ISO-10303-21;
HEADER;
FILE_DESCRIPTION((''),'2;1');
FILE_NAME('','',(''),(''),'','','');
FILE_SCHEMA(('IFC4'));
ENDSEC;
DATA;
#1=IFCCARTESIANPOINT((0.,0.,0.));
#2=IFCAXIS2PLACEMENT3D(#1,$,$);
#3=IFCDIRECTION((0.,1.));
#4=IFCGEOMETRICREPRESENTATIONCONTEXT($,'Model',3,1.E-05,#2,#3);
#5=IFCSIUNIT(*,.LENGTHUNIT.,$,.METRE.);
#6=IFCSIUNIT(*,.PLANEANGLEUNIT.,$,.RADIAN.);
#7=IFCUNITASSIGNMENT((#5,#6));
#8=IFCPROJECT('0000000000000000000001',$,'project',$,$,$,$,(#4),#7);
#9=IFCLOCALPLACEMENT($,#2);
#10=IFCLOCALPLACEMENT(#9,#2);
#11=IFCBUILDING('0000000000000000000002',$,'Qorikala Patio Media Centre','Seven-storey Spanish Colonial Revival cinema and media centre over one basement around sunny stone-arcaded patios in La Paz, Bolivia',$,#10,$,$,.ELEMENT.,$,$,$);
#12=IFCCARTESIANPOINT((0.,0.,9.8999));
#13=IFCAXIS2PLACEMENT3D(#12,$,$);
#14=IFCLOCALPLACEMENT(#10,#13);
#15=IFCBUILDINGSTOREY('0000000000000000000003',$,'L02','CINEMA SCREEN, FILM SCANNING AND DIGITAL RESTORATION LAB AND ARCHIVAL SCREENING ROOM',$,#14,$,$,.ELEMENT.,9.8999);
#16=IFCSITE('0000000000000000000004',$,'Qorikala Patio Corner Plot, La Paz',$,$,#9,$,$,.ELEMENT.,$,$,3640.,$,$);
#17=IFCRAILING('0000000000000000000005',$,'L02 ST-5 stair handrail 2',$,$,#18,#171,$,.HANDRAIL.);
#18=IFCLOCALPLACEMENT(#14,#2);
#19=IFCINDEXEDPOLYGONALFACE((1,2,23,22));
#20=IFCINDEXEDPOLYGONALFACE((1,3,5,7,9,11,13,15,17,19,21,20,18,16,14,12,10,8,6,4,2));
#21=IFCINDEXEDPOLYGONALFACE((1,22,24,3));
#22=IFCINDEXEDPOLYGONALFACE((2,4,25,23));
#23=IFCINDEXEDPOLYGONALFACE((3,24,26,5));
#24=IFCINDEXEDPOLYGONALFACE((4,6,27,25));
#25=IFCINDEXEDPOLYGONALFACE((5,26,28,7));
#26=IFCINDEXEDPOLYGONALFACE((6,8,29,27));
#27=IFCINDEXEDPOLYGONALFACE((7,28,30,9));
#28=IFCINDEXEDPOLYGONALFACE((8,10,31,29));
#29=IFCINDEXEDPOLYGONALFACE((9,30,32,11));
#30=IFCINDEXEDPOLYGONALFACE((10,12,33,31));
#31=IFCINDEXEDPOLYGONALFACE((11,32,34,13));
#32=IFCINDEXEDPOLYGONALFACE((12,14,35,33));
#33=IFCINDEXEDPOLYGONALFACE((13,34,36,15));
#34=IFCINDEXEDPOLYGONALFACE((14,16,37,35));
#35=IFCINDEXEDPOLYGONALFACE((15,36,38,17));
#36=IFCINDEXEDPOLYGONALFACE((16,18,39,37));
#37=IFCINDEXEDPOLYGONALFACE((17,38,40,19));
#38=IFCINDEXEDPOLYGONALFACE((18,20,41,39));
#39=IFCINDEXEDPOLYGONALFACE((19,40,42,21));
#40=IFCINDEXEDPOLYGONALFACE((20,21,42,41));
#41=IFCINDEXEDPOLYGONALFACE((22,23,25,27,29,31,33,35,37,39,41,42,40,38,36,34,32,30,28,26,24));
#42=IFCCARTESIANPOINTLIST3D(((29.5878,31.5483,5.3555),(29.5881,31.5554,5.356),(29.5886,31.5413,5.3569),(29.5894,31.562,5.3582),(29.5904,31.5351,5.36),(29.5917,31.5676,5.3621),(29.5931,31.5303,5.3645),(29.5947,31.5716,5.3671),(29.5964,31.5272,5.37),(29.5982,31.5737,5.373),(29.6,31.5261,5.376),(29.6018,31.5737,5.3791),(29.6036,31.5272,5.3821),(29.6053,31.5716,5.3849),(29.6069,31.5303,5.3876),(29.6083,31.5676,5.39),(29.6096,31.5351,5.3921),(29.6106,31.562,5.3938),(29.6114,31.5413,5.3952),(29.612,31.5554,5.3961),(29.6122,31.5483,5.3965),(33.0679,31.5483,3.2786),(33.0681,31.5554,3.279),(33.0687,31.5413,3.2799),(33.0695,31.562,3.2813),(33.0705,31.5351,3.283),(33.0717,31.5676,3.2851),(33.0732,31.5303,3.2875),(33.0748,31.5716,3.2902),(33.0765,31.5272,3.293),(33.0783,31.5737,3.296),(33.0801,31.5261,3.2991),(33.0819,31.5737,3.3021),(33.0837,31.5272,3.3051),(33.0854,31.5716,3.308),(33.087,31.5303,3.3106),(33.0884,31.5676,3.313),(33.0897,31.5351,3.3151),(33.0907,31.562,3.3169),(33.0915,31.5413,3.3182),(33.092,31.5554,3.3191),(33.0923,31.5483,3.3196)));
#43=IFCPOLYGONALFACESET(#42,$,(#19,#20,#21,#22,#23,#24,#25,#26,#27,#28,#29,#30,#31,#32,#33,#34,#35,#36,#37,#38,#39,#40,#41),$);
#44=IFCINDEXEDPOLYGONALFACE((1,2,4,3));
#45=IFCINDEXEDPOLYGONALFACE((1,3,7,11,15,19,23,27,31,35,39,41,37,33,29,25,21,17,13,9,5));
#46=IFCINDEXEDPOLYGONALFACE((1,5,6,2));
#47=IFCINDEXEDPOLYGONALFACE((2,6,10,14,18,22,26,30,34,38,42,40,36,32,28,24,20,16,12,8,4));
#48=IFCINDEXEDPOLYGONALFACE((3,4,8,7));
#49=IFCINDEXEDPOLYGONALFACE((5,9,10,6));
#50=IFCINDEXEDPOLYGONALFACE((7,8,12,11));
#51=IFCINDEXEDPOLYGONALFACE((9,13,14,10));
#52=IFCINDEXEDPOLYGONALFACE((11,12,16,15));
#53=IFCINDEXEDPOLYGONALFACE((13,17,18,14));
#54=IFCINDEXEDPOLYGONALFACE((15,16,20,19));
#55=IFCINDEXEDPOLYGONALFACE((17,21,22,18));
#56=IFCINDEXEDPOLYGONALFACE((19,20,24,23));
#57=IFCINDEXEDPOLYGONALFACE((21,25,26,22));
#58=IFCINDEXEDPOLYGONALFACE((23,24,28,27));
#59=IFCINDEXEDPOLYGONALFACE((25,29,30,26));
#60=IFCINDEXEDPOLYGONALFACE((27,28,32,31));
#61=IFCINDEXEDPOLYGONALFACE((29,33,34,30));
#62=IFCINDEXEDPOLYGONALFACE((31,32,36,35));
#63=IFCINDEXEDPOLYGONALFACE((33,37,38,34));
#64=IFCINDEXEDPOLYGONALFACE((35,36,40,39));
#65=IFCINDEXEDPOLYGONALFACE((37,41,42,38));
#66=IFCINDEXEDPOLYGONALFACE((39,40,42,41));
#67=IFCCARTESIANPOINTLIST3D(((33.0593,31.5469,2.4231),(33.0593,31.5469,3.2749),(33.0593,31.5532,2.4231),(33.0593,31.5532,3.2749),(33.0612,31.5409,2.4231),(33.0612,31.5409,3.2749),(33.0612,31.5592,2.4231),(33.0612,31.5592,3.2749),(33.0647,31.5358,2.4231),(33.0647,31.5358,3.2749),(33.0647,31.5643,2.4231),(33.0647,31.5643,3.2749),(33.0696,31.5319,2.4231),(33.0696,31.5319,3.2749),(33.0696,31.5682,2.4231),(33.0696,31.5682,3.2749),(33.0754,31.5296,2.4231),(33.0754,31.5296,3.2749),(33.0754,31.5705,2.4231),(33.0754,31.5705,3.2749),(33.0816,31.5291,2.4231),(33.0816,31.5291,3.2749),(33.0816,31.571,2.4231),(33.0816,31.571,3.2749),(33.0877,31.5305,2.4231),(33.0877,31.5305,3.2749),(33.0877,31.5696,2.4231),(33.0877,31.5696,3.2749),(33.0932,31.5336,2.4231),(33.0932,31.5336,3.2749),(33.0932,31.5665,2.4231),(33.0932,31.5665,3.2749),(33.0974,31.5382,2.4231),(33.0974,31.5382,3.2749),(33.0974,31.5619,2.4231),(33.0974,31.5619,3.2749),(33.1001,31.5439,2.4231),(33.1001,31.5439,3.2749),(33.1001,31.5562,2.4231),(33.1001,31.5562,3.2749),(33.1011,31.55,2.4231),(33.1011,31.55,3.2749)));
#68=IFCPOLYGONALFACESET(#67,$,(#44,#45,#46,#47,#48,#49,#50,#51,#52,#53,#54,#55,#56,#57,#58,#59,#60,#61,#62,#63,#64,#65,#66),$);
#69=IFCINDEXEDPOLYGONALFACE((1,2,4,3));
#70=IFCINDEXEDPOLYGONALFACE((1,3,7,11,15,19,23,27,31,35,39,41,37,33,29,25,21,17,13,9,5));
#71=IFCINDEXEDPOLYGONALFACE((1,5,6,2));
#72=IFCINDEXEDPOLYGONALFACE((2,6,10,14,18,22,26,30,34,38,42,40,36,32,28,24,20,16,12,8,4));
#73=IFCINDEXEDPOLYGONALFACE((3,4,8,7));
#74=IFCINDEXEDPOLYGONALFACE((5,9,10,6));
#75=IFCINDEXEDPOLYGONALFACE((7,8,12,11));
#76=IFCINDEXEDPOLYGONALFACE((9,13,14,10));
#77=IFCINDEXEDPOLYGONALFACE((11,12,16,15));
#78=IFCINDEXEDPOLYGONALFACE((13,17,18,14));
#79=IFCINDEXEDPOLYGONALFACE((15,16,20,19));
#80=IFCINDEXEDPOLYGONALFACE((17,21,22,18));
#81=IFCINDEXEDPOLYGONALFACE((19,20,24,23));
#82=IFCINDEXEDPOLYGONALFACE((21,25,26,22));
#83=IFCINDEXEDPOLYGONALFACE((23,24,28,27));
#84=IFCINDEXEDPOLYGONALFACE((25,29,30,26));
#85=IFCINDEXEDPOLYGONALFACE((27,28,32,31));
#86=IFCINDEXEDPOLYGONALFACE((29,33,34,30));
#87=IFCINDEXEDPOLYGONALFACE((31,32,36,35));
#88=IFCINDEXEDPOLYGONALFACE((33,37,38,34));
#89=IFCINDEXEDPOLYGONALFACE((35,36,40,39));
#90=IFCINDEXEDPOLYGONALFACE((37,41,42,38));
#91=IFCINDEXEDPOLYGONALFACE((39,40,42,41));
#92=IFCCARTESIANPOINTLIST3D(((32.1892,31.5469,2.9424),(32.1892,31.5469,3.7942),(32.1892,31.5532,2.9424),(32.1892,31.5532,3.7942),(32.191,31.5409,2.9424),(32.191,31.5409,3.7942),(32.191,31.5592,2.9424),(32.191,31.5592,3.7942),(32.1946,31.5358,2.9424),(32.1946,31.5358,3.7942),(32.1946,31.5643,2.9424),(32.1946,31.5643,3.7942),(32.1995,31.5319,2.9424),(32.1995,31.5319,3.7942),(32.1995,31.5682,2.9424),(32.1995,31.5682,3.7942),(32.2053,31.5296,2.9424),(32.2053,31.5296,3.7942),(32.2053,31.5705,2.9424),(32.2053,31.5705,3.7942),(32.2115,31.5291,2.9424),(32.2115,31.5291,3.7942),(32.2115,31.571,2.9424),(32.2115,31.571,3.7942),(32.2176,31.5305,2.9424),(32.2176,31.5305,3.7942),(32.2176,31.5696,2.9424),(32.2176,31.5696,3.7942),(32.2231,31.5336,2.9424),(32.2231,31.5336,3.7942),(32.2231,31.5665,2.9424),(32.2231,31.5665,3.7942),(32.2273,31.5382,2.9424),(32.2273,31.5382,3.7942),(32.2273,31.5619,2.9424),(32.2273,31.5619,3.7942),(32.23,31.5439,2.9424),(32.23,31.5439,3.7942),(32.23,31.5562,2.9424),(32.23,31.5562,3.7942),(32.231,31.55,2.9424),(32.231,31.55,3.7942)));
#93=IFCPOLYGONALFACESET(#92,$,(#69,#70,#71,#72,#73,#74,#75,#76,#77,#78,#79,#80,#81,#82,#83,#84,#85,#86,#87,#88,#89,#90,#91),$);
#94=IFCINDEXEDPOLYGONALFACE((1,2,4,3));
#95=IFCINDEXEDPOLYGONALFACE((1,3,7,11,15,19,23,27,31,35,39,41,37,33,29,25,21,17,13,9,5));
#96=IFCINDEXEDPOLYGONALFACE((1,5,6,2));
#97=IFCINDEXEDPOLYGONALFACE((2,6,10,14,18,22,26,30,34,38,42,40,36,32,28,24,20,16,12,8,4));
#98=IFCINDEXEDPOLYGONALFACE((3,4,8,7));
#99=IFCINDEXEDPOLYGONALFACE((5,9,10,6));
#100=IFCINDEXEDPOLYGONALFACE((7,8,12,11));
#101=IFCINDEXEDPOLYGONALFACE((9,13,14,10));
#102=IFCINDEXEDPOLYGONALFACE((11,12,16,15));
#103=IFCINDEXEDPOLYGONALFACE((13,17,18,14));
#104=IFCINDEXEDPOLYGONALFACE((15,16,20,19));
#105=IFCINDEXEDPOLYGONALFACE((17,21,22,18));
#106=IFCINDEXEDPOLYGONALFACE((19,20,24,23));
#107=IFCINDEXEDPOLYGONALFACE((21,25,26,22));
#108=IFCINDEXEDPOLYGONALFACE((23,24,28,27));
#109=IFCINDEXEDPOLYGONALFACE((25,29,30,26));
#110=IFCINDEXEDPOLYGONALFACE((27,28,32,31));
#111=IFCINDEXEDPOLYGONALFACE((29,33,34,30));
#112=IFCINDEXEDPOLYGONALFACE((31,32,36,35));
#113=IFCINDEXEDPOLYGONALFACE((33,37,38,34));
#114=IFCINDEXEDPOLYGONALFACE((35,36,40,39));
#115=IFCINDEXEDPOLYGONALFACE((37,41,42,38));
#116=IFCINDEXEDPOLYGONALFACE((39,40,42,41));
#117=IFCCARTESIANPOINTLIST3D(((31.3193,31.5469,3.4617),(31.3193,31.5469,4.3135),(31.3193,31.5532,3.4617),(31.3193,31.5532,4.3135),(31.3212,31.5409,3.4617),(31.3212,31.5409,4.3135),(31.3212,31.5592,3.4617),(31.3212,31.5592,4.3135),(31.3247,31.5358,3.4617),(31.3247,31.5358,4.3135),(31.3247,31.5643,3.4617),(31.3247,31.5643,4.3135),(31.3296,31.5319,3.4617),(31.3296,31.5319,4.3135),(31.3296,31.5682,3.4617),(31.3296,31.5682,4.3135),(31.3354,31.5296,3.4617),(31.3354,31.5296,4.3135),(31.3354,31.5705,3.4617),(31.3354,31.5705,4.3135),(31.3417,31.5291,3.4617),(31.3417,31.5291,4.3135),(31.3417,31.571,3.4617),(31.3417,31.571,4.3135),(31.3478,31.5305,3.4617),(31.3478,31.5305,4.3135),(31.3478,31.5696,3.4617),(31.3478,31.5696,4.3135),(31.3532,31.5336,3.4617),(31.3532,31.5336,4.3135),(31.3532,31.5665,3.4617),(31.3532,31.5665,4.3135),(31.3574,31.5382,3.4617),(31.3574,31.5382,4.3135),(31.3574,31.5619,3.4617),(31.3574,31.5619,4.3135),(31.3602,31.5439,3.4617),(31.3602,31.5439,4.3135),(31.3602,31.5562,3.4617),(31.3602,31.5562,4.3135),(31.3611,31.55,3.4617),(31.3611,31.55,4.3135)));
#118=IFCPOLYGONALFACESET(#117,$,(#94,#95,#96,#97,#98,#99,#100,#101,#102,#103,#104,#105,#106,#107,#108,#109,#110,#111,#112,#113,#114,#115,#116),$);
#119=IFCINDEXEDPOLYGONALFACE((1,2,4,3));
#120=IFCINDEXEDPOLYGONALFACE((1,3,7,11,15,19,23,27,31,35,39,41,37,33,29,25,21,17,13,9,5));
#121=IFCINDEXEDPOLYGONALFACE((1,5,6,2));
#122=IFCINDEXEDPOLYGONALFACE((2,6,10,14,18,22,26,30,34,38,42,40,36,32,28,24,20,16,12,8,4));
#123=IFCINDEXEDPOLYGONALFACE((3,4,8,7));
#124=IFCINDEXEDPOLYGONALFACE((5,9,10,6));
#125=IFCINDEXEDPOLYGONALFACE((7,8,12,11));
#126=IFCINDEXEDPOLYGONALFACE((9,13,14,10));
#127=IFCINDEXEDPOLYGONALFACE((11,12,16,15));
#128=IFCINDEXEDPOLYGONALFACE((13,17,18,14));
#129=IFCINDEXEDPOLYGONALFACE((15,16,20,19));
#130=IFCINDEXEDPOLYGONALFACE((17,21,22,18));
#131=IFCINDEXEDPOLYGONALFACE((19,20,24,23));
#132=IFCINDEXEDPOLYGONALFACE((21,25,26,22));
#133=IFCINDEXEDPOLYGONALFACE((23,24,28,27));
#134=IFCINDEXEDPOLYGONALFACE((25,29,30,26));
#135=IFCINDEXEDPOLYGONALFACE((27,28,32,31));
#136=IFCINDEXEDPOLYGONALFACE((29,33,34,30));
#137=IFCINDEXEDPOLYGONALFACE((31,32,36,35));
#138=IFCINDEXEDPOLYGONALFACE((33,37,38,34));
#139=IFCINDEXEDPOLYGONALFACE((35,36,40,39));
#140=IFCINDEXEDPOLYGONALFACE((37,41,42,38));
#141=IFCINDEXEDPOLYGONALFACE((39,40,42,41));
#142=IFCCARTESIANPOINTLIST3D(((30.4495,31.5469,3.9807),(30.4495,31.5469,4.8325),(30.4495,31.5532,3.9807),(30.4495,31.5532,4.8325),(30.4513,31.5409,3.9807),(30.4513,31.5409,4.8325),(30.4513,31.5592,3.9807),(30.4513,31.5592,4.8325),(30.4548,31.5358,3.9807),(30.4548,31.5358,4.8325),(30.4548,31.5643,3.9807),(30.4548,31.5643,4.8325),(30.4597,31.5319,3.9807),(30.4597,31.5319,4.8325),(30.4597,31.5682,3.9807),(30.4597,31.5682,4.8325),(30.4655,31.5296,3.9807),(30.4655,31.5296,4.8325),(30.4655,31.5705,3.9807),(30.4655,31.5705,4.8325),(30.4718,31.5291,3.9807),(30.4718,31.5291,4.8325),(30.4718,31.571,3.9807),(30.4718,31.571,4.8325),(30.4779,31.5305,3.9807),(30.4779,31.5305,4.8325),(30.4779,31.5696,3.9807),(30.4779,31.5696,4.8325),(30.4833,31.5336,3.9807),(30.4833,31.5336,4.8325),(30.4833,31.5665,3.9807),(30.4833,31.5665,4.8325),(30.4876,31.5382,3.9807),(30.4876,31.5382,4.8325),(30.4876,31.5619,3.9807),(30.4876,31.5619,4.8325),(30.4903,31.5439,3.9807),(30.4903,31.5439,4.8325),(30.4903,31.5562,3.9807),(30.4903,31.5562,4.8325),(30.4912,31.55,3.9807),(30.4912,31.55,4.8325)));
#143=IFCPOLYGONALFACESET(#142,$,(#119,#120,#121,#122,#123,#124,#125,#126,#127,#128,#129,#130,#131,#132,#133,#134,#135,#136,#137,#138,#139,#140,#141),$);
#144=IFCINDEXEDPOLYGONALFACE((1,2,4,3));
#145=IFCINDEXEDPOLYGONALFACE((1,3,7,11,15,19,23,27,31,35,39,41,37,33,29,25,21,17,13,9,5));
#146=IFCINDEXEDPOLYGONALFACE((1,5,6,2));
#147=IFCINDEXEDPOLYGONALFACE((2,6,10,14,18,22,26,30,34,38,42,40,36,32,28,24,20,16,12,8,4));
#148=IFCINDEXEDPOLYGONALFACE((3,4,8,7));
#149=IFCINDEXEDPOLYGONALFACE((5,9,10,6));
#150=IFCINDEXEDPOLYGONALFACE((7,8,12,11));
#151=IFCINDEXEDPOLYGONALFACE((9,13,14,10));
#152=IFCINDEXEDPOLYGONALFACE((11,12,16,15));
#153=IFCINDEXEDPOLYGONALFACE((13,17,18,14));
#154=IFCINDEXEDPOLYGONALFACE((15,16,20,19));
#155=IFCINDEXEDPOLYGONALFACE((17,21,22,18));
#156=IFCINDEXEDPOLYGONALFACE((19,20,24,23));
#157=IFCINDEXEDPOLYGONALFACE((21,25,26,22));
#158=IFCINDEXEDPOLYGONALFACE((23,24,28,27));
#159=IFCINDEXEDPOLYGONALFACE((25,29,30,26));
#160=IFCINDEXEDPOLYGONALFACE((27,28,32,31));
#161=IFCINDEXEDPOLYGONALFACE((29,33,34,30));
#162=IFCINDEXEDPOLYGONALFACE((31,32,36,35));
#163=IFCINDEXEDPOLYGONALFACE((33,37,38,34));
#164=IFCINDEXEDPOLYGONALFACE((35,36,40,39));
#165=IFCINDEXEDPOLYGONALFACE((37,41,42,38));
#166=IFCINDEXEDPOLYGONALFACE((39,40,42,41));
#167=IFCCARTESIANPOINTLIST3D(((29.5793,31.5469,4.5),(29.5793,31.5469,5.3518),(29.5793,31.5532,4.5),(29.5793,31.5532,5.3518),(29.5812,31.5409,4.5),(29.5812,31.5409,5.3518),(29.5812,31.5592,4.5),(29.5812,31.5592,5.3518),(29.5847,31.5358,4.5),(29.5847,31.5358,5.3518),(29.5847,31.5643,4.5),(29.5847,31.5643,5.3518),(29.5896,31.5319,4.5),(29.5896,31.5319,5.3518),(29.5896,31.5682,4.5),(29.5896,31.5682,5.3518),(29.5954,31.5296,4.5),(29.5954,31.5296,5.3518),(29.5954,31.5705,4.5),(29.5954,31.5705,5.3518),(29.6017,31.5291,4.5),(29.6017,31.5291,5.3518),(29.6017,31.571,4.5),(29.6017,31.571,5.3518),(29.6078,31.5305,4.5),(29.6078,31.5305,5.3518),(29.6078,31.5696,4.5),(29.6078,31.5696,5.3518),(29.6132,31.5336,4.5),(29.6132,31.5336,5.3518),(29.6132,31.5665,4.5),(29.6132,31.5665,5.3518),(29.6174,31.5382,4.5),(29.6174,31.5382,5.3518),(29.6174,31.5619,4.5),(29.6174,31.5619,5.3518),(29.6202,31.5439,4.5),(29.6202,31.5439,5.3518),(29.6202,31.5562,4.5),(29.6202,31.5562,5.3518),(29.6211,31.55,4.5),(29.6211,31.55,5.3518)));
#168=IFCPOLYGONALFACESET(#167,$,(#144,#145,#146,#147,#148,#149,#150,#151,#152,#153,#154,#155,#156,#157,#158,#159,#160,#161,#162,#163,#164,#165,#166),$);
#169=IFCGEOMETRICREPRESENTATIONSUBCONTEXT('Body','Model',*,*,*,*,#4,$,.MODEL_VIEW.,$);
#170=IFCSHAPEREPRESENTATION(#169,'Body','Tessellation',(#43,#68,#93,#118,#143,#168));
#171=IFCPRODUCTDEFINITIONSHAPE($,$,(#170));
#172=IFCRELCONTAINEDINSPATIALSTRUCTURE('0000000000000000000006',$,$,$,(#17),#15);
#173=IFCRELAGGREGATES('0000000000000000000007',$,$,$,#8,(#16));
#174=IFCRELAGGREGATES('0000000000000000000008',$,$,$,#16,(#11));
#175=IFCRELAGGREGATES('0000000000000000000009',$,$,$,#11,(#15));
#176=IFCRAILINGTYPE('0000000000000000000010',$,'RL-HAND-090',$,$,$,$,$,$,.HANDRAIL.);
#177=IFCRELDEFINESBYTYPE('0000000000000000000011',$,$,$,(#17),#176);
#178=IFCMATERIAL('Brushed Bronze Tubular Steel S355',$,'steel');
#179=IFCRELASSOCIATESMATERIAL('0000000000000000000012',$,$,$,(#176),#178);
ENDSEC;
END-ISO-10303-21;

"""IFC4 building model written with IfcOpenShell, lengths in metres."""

from ifc_helpers import new_model, si_unit, direction, frame, origin, origin_2d, place, context, subcontext, project, spatial, circle, extrude, material, type_object, element, save


model = new_model("IFC4")

# Units and contexts
model_context = context("Model", 3, precision=1e-05, world=origin(), true_north=direction((0.0, 1.0)))
body_context = subcontext(model_context, "Body", "Model", "MODEL_VIEW")
ifc_project = project(units=[si_unit("LENGTHUNIT", "METRE"), si_unit("PLANEANGLEUNIT", "RADIAN")], contexts=[model_context])

# Site, building, storey
site_placement = place(None, origin())
site = spatial("IfcSite", under=ifc_project, at=site_placement, Name="Qorikala Patio Corner Plot, La Paz", CompositionType="ELEMENT", RefElevation=3640.0)
building_placement = place(site_placement, origin())
building = spatial("IfcBuilding", under=site, at=building_placement, Name="Qorikala Patio Media Centre", Description="Seven-storey Spanish Colonial Revival cinema and media centre over one basement around sunny stone-arcaded patios in La Paz, Bolivia", CompositionType="ELEMENT")
storey_placement = place(building_placement, frame((0.0, 0.0, 9.8999)))
storey = spatial("IfcBuildingStorey", under=building, at=storey_placement, Name="L02", Description="CINEMA SCREEN, FILM SCANNING AND DIGITAL RESTORATION LAB AND ARCHIVAL SCREENING ROOM", CompositionType="ELEMENT", Elevation=9.8999)

# Railing
ifc_material_1 = material(Name="Brushed Bronze Tubular Steel S355", Category="steel")
railing_type_1 = type_object("IfcRailingType", Name="RL-HAND-090", PredefinedType="HANDRAIL", material=ifc_material_1)
railing_1_placement = place(storey_placement, frame((33.0801, 31.55, 2.4231)))
element("IfcRailing", 1, at=railing_1_placement, inside=storey, type_object=railing_type_1, Name="L02 ST-5 stair handrail 2", PredefinedType="HANDRAIL", context=body_context, shape_type="SweptSolid", body=[
    extrude(circle(Radius=0.0239, at=origin_2d()), frame((0.0, 0.0, 0.876), z_axis=(-0.858697, 0.0, 0.512483), x_axis=(0.0, -1.0, 0.0)), (0.0, 0.0, 1.0), 4.0527),
    extrude(circle(Radius=0.021, at=origin_2d()), origin(), (0.0, 0.0, 1.0), 0.8518),
    extrude(circle(Radius=0.021, at=origin_2d()), frame((-0.8701, 0.0, 0.5193)), (0.0, 0.0, 1.0), 0.8518),
    extrude(circle(Radius=0.021, at=origin_2d()), frame((-1.74, 0.0, 1.0386)), (0.0, 0.0, 1.0), 0.8518),
    extrude(circle(Radius=0.021, at=origin_2d()), frame((-2.6099, 0.0, 1.5576)), (0.0, 0.0, 1.0), 0.8518),
    extrude(circle(Radius=0.021, at=origin_2d()), frame((-3.48, 0.0, 2.0769)), (0.0, 0.0, 1.0), 0.8518),
])

save(model, "model.ifc")
